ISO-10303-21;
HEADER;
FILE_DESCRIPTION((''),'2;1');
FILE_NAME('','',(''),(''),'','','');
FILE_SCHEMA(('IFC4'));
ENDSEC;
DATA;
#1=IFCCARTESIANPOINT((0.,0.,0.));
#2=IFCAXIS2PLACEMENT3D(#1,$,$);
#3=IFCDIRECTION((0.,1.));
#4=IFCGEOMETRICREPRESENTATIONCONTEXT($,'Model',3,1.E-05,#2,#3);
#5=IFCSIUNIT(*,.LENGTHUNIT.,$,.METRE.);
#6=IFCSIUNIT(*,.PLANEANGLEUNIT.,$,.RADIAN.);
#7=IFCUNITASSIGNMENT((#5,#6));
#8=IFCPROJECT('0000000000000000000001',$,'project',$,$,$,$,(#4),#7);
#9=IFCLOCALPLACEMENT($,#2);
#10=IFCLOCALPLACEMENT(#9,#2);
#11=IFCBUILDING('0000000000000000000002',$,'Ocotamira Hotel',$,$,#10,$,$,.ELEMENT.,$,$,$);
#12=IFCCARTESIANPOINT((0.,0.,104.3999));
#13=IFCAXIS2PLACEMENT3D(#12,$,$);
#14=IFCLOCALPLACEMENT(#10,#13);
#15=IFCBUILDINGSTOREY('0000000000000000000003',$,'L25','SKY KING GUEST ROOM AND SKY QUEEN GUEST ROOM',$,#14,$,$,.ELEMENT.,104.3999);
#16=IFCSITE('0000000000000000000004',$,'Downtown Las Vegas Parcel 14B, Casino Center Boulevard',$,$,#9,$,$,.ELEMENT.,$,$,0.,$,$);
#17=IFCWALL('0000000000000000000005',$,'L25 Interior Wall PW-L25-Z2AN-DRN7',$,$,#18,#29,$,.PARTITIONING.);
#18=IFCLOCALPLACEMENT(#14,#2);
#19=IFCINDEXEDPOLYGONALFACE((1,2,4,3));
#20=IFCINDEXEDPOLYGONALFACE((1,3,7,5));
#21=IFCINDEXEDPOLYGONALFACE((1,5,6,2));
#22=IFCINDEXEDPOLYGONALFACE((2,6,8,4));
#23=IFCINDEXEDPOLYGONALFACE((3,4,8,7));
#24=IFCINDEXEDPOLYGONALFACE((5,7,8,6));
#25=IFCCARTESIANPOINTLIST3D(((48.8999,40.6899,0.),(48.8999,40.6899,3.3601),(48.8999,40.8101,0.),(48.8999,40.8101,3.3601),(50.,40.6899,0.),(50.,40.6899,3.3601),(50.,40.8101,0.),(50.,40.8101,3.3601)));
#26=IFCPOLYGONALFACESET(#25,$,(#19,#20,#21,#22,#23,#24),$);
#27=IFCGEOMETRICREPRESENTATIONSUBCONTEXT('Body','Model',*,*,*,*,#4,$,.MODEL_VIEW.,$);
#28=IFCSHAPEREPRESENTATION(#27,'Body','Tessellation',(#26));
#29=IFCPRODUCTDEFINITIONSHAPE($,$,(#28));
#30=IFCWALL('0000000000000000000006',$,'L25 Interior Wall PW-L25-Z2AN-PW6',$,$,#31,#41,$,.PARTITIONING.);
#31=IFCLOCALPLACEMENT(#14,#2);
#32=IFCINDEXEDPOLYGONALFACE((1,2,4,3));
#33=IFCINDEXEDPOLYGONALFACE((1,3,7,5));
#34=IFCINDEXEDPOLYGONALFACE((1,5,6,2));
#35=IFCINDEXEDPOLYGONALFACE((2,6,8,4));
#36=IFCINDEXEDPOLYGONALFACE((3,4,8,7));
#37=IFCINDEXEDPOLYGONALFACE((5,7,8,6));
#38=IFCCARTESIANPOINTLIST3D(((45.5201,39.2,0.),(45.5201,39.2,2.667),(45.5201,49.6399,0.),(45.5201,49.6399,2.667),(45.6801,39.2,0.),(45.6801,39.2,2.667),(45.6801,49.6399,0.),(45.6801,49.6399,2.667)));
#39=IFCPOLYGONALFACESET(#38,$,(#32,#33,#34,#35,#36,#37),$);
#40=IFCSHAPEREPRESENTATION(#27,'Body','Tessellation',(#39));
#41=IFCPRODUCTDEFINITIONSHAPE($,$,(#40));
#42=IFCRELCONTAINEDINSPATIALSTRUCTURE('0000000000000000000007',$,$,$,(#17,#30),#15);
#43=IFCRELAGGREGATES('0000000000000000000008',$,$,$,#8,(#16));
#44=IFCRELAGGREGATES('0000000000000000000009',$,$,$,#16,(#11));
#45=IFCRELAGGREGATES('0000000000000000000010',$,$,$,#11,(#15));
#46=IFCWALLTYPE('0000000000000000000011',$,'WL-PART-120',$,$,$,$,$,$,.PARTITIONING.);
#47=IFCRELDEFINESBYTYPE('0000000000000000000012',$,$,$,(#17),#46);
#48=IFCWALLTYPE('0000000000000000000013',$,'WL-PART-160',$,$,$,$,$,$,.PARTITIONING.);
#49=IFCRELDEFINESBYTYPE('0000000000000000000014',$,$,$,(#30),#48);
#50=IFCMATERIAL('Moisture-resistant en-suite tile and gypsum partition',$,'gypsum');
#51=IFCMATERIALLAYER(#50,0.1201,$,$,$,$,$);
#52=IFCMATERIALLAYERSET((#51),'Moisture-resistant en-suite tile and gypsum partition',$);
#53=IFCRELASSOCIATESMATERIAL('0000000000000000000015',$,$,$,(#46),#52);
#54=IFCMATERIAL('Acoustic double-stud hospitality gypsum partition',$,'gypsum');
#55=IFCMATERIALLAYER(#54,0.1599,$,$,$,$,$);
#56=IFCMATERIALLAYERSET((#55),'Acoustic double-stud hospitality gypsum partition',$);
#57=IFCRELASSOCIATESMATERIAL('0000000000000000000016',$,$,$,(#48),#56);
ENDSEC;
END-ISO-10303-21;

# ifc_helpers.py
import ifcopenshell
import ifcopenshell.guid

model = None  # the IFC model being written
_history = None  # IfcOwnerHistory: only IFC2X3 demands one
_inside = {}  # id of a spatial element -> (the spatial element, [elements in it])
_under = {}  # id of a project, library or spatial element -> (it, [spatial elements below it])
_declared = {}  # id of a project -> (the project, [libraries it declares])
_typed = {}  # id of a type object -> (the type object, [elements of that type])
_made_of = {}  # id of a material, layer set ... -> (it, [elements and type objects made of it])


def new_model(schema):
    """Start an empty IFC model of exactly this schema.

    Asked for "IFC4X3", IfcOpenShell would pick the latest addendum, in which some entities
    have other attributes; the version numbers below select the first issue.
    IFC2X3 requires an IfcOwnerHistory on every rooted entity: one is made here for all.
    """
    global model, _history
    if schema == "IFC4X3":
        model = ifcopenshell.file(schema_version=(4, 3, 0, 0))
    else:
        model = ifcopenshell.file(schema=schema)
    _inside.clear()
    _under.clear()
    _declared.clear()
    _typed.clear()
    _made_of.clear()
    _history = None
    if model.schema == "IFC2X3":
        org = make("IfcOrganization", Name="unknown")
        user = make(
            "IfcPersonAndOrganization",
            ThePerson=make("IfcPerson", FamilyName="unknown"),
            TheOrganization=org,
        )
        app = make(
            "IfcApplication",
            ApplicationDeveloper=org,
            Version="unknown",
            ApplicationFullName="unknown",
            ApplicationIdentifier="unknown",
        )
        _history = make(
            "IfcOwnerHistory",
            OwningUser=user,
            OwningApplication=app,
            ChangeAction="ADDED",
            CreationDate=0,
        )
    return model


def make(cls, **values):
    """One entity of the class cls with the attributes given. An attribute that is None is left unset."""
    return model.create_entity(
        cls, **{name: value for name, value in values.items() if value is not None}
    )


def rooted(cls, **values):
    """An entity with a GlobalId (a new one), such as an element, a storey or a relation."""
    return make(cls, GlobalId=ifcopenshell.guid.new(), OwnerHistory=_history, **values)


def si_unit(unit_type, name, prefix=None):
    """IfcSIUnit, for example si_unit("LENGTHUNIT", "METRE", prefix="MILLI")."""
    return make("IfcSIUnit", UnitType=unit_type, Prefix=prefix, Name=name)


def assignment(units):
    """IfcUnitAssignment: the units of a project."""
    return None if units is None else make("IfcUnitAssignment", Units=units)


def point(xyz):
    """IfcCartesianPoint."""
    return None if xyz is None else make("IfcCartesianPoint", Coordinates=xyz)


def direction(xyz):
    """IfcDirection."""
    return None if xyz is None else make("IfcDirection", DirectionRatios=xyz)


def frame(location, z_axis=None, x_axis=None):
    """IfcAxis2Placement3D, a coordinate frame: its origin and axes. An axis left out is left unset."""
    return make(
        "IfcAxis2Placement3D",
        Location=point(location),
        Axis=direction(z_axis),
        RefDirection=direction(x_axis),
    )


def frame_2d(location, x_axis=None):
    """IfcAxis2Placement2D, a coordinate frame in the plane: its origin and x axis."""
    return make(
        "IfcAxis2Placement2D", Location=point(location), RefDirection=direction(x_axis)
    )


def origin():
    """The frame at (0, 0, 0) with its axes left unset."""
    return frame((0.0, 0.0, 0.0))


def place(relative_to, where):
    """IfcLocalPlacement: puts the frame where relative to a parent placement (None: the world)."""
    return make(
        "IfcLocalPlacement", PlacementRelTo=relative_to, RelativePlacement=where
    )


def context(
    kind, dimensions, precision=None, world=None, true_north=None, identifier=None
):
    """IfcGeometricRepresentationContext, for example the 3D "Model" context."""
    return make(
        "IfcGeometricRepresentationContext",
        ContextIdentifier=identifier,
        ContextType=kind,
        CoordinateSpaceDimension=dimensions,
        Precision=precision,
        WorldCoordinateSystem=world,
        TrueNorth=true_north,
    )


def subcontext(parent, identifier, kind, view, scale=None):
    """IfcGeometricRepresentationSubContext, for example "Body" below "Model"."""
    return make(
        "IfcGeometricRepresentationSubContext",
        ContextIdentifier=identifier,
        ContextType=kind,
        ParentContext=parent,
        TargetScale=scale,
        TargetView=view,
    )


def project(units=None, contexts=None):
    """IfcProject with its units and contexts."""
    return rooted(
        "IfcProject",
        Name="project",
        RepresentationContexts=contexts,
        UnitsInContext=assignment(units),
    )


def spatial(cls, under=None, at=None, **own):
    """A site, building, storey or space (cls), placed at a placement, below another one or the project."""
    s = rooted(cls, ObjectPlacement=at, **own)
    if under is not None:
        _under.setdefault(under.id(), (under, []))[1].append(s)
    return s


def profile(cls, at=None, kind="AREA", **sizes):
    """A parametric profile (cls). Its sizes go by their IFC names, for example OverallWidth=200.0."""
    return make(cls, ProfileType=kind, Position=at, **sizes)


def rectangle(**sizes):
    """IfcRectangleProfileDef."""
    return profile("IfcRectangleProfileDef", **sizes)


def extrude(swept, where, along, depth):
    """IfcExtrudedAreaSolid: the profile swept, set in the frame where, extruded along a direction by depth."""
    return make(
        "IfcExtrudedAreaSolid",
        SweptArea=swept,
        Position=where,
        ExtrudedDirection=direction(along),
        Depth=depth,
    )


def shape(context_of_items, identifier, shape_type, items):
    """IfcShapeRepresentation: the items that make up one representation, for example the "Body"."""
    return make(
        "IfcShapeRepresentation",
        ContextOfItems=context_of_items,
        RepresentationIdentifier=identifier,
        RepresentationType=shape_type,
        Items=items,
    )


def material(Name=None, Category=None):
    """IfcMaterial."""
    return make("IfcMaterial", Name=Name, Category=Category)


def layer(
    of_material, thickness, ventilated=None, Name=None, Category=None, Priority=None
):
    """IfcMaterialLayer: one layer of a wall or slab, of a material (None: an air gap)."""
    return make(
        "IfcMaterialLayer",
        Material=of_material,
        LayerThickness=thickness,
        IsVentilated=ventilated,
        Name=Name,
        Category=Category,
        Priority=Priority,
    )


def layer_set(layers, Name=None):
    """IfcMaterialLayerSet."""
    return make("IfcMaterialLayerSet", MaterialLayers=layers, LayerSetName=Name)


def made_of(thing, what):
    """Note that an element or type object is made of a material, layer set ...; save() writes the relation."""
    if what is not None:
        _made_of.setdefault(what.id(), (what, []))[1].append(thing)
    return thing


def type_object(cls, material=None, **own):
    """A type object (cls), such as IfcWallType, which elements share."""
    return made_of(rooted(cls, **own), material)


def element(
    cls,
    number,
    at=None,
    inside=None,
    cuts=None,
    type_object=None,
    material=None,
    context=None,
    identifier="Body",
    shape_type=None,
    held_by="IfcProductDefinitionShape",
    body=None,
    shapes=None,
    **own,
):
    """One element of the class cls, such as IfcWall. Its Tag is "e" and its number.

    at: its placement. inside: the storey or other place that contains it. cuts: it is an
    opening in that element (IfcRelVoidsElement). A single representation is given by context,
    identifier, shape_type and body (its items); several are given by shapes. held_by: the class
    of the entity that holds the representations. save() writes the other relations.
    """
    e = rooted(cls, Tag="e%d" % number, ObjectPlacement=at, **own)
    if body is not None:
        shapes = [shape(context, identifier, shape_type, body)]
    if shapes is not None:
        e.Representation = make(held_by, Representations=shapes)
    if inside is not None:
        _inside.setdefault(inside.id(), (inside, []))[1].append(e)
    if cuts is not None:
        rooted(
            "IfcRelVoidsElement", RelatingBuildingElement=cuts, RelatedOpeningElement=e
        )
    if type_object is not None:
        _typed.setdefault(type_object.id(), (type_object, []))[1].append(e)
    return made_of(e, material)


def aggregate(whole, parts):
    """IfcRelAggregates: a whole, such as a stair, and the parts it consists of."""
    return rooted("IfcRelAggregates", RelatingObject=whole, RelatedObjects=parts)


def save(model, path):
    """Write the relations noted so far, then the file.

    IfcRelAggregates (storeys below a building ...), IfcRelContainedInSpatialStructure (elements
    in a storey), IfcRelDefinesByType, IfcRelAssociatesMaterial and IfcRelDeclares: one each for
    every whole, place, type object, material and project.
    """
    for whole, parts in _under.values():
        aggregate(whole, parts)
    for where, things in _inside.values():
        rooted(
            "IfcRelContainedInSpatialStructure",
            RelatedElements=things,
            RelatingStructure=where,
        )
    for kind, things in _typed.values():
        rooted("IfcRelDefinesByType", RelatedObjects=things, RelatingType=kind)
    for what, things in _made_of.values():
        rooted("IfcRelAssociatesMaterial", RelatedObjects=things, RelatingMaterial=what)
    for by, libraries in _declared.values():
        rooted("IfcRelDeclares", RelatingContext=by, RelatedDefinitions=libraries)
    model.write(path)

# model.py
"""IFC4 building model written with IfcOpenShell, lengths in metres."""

from ifc_helpers import new_model, si_unit, direction, frame, frame_2d, origin, place, context, subcontext, project, spatial, rectangle, extrude, material, layer, layer_set, type_object, element, save


model = new_model("IFC4")

# Units and contexts
model_context = context("Model", 3, precision=1e-05, world=origin(), true_north=direction((0.0, 1.0)))
body_context = subcontext(model_context, "Body", "Model", "MODEL_VIEW")
ifc_project = project(units=[si_unit("LENGTHUNIT", "METRE"), si_unit("PLANEANGLEUNIT", "RADIAN")], contexts=[model_context])

# Site, building, storey
site_placement = place(None, origin())
site = spatial("IfcSite", under=ifc_project, at=site_placement, Name="Downtown Las Vegas Parcel 14B, Casino Center Boulevard", CompositionType="ELEMENT", RefElevation=0.0)
building_placement = place(site_placement, origin())
building = spatial("IfcBuilding", under=site, at=building_placement, Name="Ocotamira Hotel", CompositionType="ELEMENT")
storey_placement = place(building_placement, frame((0.0, 0.0, 104.3999)))
storey = spatial("IfcBuildingStorey", under=building, at=storey_placement, Name="L25", Description="SKY KING GUEST ROOM AND SKY QUEEN GUEST ROOM", CompositionType="ELEMENT", Elevation=104.3999)

# Shared definitions
ifc_material_1 = material(Name="Moisture-resistant en-suite tile and gypsum partition", Category="gypsum")
ifc_layer_1 = layer(ifc_material_1, 0.1201)
ifc_layer_set_1 = layer_set([ifc_layer_1], Name="Moisture-resistant en-suite tile and gypsum partition")
wall_type_1 = type_object("IfcWallType", Name="WL-PART-120", PredefinedType="PARTITIONING", material=ifc_layer_set_1)

# Walls
wall_1_placement = place(storey_placement, frame((48.8999, 40.75, 0.0), z_axis=(0.0, 0.0, 1.0), x_axis=(1.0, 0.0, 0.0)))
element("IfcWall", 1, at=wall_1_placement, inside=storey, type_object=wall_type_1, Name="L25 Interior Wall PW-L25-Z2AN-DRN7", PredefinedType="PARTITIONING", context=body_context, shape_type="SweptSolid", body=[
    extrude(rectangle(XDim=1.1001, YDim=0.1201, at=frame_2d((0.55, 0.0))), origin(), (0.0, 0.0, 1.0), 3.3601),
])
ifc_material_2 = material(Name="Acoustic double-stud hospitality gypsum partition", Category="gypsum")
ifc_layer_2 = layer(ifc_material_2, 0.1599)
ifc_layer_set_2 = layer_set([ifc_layer_2], Name="Acoustic double-stud hospitality gypsum partition")
wall_type_2 = type_object("IfcWallType", Name="WL-PART-160", PredefinedType="PARTITIONING", material=ifc_layer_set_2)
wall_2_placement = place(storey_placement, frame((45.6001, 39.2, 0.0), z_axis=(0.0, 0.0, 1.0), x_axis=(0.0, 1.0, 0.0)))
element("IfcWall", 2, at=wall_2_placement, inside=storey, type_object=wall_type_2, Name="L25 Interior Wall PW-L25-Z2AN-PW6", PredefinedType="PARTITIONING", context=body_context, shape_type="SweptSolid", body=[
    extrude(rectangle(XDim=10.4399, YDim=0.1599, at=frame_2d((5.22, 0.0))), origin(), (0.0, 0.0, 1.0), 2.667),
])

save(model, "model.ifc")
